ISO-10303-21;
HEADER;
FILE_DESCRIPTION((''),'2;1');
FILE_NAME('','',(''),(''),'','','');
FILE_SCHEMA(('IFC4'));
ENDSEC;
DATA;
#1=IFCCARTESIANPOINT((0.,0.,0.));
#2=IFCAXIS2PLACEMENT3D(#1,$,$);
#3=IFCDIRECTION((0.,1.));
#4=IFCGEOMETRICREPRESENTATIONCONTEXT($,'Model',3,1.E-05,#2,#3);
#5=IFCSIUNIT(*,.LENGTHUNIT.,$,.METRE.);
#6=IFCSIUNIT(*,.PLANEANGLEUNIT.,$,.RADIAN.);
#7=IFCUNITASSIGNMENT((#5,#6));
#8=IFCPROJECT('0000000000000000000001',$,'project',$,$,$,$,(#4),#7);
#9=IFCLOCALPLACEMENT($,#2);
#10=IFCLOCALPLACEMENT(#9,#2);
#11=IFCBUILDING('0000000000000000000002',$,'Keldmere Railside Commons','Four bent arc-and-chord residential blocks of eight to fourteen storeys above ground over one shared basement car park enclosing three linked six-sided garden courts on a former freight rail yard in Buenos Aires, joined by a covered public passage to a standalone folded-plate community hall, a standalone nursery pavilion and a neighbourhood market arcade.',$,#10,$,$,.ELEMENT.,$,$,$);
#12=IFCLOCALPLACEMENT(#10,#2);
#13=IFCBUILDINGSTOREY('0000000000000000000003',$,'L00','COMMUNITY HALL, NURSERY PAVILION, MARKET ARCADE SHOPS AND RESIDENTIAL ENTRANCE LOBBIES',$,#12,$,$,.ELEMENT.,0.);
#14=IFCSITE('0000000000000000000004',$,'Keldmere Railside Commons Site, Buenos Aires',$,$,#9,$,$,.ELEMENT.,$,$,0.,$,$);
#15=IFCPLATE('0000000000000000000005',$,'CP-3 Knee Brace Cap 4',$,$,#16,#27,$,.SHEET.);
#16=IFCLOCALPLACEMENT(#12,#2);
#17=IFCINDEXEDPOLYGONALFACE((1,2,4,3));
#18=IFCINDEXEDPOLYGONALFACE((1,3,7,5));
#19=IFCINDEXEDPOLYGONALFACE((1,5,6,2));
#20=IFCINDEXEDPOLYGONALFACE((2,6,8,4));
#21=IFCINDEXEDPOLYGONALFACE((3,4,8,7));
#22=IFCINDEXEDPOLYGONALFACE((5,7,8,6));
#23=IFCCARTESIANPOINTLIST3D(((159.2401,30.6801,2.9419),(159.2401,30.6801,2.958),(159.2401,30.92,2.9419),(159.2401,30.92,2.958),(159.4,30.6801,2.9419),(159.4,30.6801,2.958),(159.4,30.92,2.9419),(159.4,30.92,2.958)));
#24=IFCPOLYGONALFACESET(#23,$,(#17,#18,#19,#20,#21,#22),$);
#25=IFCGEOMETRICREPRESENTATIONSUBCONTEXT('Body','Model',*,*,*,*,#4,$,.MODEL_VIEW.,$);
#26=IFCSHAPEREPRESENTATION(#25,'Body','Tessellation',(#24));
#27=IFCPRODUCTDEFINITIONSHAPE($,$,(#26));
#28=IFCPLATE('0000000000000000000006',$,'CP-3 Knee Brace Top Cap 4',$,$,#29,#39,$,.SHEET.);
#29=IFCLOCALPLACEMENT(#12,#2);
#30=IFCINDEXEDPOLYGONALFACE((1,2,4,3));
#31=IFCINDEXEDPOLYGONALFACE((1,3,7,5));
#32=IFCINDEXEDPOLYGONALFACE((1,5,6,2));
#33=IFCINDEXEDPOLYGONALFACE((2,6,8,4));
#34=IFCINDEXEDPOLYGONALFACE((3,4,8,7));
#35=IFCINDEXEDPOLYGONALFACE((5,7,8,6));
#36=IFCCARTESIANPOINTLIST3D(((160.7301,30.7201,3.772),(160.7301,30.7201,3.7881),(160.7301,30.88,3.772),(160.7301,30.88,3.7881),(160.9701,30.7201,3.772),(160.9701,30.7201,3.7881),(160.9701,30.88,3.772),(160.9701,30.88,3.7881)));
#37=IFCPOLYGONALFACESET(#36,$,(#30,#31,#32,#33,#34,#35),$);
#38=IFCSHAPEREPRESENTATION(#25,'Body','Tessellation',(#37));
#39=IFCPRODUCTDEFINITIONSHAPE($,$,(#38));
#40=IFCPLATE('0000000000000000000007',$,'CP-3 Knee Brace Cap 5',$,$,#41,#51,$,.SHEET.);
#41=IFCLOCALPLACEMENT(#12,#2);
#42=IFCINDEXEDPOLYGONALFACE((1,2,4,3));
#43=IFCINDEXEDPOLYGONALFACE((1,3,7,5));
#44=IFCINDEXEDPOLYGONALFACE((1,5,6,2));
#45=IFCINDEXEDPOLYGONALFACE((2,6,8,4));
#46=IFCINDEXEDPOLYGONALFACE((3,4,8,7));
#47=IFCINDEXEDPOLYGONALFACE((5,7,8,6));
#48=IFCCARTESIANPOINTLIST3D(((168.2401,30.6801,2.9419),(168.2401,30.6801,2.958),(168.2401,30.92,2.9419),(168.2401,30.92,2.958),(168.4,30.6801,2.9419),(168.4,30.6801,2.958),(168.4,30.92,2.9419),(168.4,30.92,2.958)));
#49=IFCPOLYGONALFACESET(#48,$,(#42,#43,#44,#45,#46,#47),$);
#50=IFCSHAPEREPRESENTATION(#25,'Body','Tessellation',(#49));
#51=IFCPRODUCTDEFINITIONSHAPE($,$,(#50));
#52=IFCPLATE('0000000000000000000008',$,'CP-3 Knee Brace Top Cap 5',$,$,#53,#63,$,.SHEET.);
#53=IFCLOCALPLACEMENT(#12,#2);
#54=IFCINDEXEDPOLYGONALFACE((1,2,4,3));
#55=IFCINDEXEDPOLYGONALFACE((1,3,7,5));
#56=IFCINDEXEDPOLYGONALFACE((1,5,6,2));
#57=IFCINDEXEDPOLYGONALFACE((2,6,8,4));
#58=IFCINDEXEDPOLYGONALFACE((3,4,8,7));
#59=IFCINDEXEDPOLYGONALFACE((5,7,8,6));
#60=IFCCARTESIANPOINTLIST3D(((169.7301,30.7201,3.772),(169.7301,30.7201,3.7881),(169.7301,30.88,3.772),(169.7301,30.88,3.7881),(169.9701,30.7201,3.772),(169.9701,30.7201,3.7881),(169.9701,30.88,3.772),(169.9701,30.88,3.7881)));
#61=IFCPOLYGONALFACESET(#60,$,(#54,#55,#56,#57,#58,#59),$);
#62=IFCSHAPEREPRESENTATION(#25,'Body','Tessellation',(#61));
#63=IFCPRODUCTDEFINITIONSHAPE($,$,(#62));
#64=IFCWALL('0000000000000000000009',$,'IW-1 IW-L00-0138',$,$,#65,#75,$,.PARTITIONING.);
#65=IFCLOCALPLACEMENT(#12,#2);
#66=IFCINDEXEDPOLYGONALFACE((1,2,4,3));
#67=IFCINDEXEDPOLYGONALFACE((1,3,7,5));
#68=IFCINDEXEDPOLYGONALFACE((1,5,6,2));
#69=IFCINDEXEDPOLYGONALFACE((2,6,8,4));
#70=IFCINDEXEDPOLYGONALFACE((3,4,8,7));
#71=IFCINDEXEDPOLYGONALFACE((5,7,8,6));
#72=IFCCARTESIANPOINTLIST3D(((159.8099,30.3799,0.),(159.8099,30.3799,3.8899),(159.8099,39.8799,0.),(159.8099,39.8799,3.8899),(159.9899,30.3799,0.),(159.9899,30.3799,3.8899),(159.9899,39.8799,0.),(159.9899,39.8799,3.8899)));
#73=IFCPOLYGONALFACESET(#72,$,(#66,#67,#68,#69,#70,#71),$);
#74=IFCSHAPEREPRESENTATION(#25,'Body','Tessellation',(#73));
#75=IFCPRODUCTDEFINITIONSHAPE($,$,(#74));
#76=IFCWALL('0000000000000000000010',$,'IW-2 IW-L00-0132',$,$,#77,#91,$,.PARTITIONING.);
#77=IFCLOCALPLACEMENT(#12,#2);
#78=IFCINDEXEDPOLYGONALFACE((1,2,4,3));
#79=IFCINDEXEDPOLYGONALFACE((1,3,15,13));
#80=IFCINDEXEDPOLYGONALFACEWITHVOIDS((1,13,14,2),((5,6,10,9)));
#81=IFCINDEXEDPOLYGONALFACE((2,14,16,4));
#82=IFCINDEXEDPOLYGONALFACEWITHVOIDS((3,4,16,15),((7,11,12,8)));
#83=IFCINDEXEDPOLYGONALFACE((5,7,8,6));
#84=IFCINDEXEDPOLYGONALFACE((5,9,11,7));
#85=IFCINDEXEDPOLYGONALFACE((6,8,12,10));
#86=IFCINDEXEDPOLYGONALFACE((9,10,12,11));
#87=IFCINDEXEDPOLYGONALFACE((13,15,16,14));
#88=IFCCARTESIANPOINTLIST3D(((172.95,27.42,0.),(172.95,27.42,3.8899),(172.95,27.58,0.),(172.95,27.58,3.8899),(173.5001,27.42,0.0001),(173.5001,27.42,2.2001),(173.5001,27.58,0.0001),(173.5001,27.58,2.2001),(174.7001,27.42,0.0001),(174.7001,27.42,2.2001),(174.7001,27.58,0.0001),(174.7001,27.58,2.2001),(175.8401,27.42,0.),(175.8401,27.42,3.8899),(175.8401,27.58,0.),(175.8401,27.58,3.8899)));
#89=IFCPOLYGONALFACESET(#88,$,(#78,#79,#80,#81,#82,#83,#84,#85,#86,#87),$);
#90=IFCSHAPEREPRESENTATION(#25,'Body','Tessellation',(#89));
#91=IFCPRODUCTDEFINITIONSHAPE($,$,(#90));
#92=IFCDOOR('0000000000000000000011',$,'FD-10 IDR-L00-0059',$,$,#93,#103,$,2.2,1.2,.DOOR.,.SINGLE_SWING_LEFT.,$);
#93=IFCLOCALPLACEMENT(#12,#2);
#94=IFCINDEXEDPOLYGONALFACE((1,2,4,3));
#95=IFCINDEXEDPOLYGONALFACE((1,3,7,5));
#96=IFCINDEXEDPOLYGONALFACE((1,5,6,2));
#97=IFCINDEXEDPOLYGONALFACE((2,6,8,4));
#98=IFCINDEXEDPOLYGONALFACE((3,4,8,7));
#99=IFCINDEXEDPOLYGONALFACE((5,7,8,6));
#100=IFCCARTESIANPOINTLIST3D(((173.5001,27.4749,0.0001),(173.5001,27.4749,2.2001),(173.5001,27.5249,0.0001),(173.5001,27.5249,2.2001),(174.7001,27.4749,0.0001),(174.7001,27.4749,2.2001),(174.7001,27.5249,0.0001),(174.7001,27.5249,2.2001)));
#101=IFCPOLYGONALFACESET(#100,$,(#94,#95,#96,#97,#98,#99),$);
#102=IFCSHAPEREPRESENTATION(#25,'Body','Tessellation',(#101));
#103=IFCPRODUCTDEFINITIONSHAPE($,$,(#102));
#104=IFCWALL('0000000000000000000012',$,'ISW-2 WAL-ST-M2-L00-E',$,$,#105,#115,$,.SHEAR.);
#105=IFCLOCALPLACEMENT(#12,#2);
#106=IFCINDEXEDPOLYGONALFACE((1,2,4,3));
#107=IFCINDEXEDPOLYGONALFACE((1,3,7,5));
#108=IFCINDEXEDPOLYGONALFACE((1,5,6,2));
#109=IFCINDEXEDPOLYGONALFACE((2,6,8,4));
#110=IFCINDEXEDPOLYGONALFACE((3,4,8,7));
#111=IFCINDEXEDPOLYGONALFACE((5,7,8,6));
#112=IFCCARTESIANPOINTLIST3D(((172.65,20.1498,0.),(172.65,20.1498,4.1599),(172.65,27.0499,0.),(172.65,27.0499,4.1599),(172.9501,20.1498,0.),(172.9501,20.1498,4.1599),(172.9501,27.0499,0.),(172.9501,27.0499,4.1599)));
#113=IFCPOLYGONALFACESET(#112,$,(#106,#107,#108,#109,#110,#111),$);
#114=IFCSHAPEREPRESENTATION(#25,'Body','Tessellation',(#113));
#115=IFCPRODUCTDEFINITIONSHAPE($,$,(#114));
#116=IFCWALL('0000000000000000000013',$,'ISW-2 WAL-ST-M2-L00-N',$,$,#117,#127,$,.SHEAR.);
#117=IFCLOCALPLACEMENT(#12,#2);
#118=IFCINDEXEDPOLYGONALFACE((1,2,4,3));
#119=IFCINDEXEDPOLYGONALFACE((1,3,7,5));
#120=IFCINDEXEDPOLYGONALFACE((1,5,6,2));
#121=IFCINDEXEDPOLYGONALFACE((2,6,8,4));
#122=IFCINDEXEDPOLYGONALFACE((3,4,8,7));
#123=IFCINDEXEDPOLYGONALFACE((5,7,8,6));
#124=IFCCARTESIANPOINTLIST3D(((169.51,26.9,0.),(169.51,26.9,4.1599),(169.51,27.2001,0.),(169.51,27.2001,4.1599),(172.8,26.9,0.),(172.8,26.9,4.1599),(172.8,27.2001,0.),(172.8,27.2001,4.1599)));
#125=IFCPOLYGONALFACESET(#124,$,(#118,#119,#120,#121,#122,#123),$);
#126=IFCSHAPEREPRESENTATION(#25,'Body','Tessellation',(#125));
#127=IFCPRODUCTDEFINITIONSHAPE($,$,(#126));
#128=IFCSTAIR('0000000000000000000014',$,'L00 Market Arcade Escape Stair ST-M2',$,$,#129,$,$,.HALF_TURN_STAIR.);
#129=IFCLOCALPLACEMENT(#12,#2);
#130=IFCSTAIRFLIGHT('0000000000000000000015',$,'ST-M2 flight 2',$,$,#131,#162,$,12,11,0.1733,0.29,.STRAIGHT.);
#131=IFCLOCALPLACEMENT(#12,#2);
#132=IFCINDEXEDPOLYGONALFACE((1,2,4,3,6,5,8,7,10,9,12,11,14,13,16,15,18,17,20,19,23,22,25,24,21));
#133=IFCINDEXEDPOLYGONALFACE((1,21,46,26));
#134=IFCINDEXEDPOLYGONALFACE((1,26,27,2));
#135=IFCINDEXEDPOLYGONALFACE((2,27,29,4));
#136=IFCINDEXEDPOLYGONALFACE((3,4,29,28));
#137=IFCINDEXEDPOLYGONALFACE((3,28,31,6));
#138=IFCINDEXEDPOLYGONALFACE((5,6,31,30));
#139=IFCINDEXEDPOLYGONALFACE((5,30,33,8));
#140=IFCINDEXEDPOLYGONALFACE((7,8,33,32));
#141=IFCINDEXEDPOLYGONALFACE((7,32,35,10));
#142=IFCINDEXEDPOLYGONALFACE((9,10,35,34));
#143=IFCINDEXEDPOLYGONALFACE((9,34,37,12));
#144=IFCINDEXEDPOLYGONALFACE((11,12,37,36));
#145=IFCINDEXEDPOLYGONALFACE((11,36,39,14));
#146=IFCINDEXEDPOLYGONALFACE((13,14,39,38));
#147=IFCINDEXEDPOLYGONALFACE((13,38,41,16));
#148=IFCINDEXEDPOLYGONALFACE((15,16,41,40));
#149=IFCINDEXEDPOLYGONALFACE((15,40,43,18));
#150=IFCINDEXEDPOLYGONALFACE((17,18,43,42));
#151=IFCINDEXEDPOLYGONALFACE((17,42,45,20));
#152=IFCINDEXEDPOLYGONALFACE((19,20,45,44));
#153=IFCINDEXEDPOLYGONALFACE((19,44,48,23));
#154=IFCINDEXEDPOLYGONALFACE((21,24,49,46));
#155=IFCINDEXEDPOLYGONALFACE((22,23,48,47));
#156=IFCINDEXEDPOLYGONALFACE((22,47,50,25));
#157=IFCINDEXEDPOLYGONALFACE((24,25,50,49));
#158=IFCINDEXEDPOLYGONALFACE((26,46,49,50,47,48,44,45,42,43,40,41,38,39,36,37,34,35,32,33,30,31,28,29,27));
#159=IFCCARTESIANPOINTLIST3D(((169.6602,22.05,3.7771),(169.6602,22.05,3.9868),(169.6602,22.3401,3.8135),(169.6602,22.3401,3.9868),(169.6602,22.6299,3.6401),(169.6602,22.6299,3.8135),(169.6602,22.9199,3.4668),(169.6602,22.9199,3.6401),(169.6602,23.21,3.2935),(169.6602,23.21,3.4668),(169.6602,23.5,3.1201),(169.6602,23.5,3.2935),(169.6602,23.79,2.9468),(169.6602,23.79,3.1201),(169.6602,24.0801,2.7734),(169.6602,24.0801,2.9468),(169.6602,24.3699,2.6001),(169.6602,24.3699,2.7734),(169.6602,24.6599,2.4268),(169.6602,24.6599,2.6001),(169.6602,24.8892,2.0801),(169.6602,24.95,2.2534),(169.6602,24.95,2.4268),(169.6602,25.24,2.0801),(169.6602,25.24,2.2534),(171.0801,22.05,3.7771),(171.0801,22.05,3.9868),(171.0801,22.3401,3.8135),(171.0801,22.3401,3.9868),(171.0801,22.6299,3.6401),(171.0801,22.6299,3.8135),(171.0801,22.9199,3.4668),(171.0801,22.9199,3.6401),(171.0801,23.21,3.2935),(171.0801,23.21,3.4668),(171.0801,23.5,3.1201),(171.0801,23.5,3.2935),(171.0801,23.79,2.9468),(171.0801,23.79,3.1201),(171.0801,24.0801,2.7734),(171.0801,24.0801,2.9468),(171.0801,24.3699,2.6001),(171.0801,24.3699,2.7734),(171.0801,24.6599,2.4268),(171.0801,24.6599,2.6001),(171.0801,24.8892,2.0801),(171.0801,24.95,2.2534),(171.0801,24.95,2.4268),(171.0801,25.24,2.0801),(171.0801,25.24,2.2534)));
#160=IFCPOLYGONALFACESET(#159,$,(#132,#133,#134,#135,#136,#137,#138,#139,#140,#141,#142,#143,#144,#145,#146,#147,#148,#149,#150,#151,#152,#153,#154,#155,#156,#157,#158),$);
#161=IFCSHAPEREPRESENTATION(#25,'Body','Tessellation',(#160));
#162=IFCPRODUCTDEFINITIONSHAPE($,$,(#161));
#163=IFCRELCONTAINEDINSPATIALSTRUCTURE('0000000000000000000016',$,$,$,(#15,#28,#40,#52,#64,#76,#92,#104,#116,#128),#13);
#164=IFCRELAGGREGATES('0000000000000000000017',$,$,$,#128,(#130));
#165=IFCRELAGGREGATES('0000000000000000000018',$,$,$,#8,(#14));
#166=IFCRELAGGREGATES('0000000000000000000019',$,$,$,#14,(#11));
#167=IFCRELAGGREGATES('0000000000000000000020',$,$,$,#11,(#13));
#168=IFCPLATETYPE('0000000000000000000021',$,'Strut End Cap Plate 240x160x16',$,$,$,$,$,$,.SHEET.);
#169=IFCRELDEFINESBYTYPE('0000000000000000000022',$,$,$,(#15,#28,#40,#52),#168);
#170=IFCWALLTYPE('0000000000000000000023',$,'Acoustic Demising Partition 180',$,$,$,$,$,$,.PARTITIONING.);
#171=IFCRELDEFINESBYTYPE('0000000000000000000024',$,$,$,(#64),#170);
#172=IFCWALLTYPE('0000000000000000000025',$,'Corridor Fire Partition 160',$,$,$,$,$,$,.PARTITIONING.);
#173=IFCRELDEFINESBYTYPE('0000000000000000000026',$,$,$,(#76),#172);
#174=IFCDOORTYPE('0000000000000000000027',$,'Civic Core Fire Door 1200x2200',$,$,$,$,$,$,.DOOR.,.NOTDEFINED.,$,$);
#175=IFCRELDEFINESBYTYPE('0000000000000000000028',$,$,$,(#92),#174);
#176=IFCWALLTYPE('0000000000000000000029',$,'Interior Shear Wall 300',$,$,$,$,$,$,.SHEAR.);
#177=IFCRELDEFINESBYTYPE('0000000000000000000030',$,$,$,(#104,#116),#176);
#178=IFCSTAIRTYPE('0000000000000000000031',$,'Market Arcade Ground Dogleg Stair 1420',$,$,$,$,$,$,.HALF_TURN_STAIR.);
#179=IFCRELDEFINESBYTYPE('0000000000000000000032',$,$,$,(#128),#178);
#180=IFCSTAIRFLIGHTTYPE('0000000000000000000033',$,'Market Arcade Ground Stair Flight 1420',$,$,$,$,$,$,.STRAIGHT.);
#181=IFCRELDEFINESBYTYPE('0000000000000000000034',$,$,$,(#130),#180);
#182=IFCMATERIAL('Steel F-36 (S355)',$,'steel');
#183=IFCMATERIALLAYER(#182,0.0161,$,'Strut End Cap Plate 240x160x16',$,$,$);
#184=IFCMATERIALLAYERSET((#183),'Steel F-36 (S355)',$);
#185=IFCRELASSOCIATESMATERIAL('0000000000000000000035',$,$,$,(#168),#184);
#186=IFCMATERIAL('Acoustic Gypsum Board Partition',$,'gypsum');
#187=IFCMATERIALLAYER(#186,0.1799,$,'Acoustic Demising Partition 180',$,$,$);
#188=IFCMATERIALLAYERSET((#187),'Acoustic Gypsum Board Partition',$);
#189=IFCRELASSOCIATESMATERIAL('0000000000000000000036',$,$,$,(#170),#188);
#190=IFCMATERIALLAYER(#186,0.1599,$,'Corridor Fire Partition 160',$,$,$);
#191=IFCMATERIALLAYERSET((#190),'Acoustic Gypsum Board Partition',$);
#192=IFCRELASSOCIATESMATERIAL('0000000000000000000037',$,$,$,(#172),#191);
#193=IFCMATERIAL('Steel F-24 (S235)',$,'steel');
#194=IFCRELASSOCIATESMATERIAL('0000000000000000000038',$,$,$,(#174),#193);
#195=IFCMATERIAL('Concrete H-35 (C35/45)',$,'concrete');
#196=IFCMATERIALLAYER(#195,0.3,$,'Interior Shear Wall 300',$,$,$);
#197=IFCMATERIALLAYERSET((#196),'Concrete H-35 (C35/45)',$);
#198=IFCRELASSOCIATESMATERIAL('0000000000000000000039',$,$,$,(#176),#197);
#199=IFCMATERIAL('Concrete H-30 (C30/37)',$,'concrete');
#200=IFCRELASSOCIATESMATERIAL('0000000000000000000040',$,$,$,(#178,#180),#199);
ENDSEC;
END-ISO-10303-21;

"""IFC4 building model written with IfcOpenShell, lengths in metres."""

from ifc_helpers import new_model, si_unit, direction, frame, frame_2d, origin, origin_2d, place, context, subcontext, project, spatial, polyline, rectangle, outline, extrude, material, layer, layer_set, type_object, element, fill, aggregate, save


model = new_model("IFC4")

# Units and contexts
model_context = context("Model", 3, precision=1e-05, world=origin(), true_north=direction((0.0, 1.0)))
body_context = subcontext(model_context, "Body", "Model", "MODEL_VIEW")
ifc_project = project(units=[si_unit("LENGTHUNIT", "METRE"), si_unit("PLANEANGLEUNIT", "RADIAN")], contexts=[model_context])

# Site, building, storey
site_placement = place(None, origin())
site = spatial("IfcSite", under=ifc_project, at=site_placement, Name="Keldmere Railside Commons Site, Buenos Aires", CompositionType="ELEMENT", RefElevation=0.0)
building_placement = place(site_placement, origin())
building = spatial("IfcBuilding", under=site, at=building_placement, Name="Keldmere Railside Commons", Description="Four bent arc-and-chord residential blocks of eight to fourteen storeys above ground over one shared basement car park enclosing three linked six-sided garden courts on a former freight rail yard in Buenos Aires, joined by a covered public passage to a standalone folded-plate community hall, a standalone nursery pavilion and a neighbourhood market arcade.", CompositionType="ELEMENT")
storey_placement = place(building_placement, origin())
storey = spatial("IfcBuildingStorey", under=building, at=storey_placement, Name="L00", Description="COMMUNITY HALL, NURSERY PAVILION, MARKET ARCADE SHOPS AND RESIDENTIAL ENTRANCE LOBBIES", CompositionType="ELEMENT", Elevation=0.0)

# Shared definitions
ifc_material_1 = material(Name="Steel F-36 (S355)", Category="steel")

# Shared definitions
ifc_material_2 = material(Name="Concrete H-35 (C35/45)", Category="concrete")
ifc_material_3 = material(Name="Concrete H-30 (C30/37)", Category="concrete")

# Plates
ifc_layer_1 = layer(ifc_material_1, 0.0161, Name="Strut End Cap Plate 240x160x16")
ifc_layer_set_1 = layer_set([ifc_layer_1], Name="Steel F-36 (S355)")
plate_type = type_object("IfcPlateType", Name="Strut End Cap Plate 240x160x16", PredefinedType="SHEET", material=ifc_layer_set_1)
for number, where, z_axis, x_axis, name in (
    (1, (159.3201, 30.8, 2.9419), (0.0, 0.0, 1.0), (0.0, 1.0, 0.0), "CP-3 Knee Brace Cap 4"),
    (2, (160.8501, 30.8, 3.772), (0.0, 0.0, 1.0), (1.0, 0.0, 0.0), "CP-3 Knee Brace Top Cap 4"),
    (3, (168.3201, 30.8, 2.9419), (0.0, 0.0, 1.0), (0.0, 1.0, 0.0), "CP-3 Knee Brace Cap 5"),
    (4, (169.8501, 30.8, 3.772), (0.0, 0.0, 1.0), (1.0, 0.0, 0.0), "CP-3 Knee Brace Top Cap 5"),
):
    element("IfcPlate", number, at=place(storey_placement, frame(where, z_axis=z_axis, x_axis=x_axis)), inside=storey, type_object=plate_type, Name=name, PredefinedType="SHEET", context=body_context, shape_type="SweptSolid", body=[
        extrude(rectangle(XDim=0.24, YDim=0.1599, at=origin_2d()), origin(), (0.0, 0.0, 1.0), 0.0161),
    ])

# Wall
ifc_material_4 = material(Name="Acoustic Gypsum Board Partition", Category="gypsum")
ifc_layer_2 = layer(ifc_material_4, 0.1799, Name="Acoustic Demising Partition 180")
ifc_layer_set_2 = layer_set([ifc_layer_2], Name="Acoustic Gypsum Board Partition")
wall_type_1 = type_object("IfcWallType", Name="Acoustic Demising Partition 180", PredefinedType="PARTITIONING", material=ifc_layer_set_2)
wall_1_placement = place(storey_placement, frame((159.8999, 30.3799, 0.0), z_axis=(0.0, 0.0, 1.0), x_axis=(0.0, 1.0, 0.0)))
element("IfcWall", 5, at=wall_1_placement, inside=storey, type_object=wall_type_1, Name="IW-1 IW-L00-0138", PredefinedType="PARTITIONING", context=body_context, shape_type="SweptSolid", body=[
    extrude(rectangle(XDim=9.5, YDim=0.1799, at=frame_2d((4.75, 0.0))), origin(), (0.0, 0.0, 1.0), 3.8899),
])

# Wall, opening, door
ifc_layer_3 = layer(ifc_material_4, 0.1599, Name="Corridor Fire Partition 160")
ifc_layer_set_3 = layer_set([ifc_layer_3], Name="Acoustic Gypsum Board Partition")
wall_type_2 = type_object("IfcWallType", Name="Corridor Fire Partition 160", PredefinedType="PARTITIONING", material=ifc_layer_set_3)
wall_2_placement = place(storey_placement, frame((172.95, 27.5, 0.0), z_axis=(0.0, 0.0, 1.0), x_axis=(1.0, 0.0, 0.0)))
wall_2 = element("IfcWall", 6, at=wall_2_placement, inside=storey, type_object=wall_type_2, Name="IW-2 IW-L00-0132", PredefinedType="PARTITIONING", context=body_context, shape_type="SweptSolid", body=[
    extrude(rectangle(XDim=2.8901, YDim=0.1599, at=frame_2d((1.4451, 0.0))), origin(), (0.0, 0.0, 1.0), 3.8899),
])
opening_placement = place(wall_2_placement, frame((0.55, 0.0, 0.0)))
opening = element("IfcOpeningElement", 7, at=opening_placement, cuts=wall_2, PredefinedType="OPENING", context=body_context, shape_type="SweptSolid", body=[
    extrude(rectangle(XDim=1.2, YDim=2.2, at=frame_2d((0.6001, 1.1001))), frame((0.0, 0.0898, 0.0), z_axis=(0.0, -1.0, 0.0), x_axis=(1.0, 0.0, 0.0)), (0.0, 0.0, 1.0), 0.1799),
])
ifc_material_5 = material(Name="Steel F-24 (S235)", Category="steel")
door_type = type_object("IfcDoorType", Name="Civic Core Fire Door 1200x2200", OperationType="NOTDEFINED", PredefinedType="DOOR", material=ifc_material_5)
door_placement = place(opening_placement, origin())
door = element("IfcDoor", 8, at=door_placement, inside=storey, type_object=door_type, Name="FD-10 IDR-L00-0059", OperationType="SINGLE_SWING_LEFT", OverallHeight=2.2, OverallWidth=1.2, PredefinedType="DOOR", context=body_context, shape_type="SweptSolid", body=[
    extrude(rectangle(XDim=1.2, YDim=2.2, at=frame_2d((0.6001, 1.1001))), frame((0.0, 0.0249, 0.0), z_axis=(0.0, -1.0, 0.0), x_axis=(1.0, 0.0, 0.0)), (0.0, 0.0, 1.0), 0.05),
])
fill(opening, door)

# Walls
ifc_layer_4 = layer(ifc_material_2, 0.3, Name="Interior Shear Wall 300")
ifc_layer_set_4 = layer_set([ifc_layer_4], Name="Concrete H-35 (C35/45)")
wall_type_3 = type_object("IfcWallType", Name="Interior Shear Wall 300", PredefinedType="SHEAR", material=ifc_layer_set_4)
wall_3_placement = place(storey_placement, frame((172.8, 27.05, 0.0), z_axis=(0.0, 0.0, 1.0), x_axis=(0.0, -1.0, 0.0)))
element("IfcWall", 9, at=wall_3_placement, inside=storey, type_object=wall_type_3, Name="ISW-2 WAL-ST-M2-L00-E", PredefinedType="SHEAR", context=body_context, shape_type="SweptSolid", body=[
    extrude(rectangle(XDim=6.9001, YDim=0.3, at=frame_2d((3.4502, 0.0))), origin(), (0.0, 0.0, 1.0), 4.1599),
])
wall_4_placement = place(storey_placement, frame((169.51, 27.05, 0.0), z_axis=(0.0, 0.0, 1.0), x_axis=(1.0, 0.0, 0.0)))
element("IfcWall", 10, at=wall_4_placement, inside=storey, type_object=wall_type_3, Name="ISW-2 WAL-ST-M2-L00-N", PredefinedType="SHEAR", context=body_context, shape_type="SweptSolid", body=[
    extrude(rectangle(XDim=3.29, YDim=0.3, at=frame_2d((1.645, 0.0))), origin(), (0.0, 0.0, 1.0), 4.1599),
])

# Stair, stair flight
stair_type = type_object("IfcStairType", Name="Market Arcade Ground Dogleg Stair 1420", PredefinedType="HALF_TURN_STAIR", material=ifc_material_3)
stair_placement = place(storey_placement, origin())
stair = element("IfcStair", 11, at=stair_placement, inside=storey, type_object=stair_type, Name="L00 Market Arcade Escape Stair ST-M2", PredefinedType="HALF_TURN_STAIR")
stair_flight_type = type_object("IfcStairFlightType", Name="Market Arcade Ground Stair Flight 1420", PredefinedType="STRAIGHT", material=ifc_material_3)
stair_flight_placement = place(storey_placement, frame((170.3701, 25.24, 2.0801), z_axis=(0.0, 0.0, 1.0), x_axis=(0.0, -1.0, 0.0)))
stair_flight = element("IfcStairFlight", 12, at=stair_flight_placement, type_object=stair_flight_type, Name="ST-M2 flight 2", NumberOfRisers=12, NumberOfTreads=11, PredefinedType="STRAIGHT", RiserHeight=0.1733, TreadLength=0.29, context=body_context, shape_type="SweptSolid", body=[
    extrude(outline(polyline([(0.0, 0.0), (0.0, 0.1733), (0.29, 0.1733), (0.29, 0.3467), (0.5801, 0.3467), (0.5801, 0.52), (0.8701, 0.52), (0.8701, 0.6934), (1.1599, 0.6934), (1.1599, 0.8667), (1.45, 0.8667), (1.45, 1.04), (1.74, 1.04), (1.74, 1.2134), (2.03, 1.2134), (2.03, 1.3867), (2.3201, 1.3867), (2.3201, 1.5601), (2.6101, 1.5601), (2.6101, 1.7334), (2.8999, 1.7334), (2.8999, 1.9067), (3.1899, 1.9067), (3.1899, 2.0801), (3.1899, 1.697), (0.3508, 0.0), (0.0, 0.0)])), frame((0.0, 0.71, 0.0), z_axis=(0.0, -1.0, 0.0), x_axis=(1.0, 0.0, 0.0)), (0.0, 0.0, 1.0), 1.4199),
])
aggregate(stair, [stair_flight])

save(model, "model.ifc")
